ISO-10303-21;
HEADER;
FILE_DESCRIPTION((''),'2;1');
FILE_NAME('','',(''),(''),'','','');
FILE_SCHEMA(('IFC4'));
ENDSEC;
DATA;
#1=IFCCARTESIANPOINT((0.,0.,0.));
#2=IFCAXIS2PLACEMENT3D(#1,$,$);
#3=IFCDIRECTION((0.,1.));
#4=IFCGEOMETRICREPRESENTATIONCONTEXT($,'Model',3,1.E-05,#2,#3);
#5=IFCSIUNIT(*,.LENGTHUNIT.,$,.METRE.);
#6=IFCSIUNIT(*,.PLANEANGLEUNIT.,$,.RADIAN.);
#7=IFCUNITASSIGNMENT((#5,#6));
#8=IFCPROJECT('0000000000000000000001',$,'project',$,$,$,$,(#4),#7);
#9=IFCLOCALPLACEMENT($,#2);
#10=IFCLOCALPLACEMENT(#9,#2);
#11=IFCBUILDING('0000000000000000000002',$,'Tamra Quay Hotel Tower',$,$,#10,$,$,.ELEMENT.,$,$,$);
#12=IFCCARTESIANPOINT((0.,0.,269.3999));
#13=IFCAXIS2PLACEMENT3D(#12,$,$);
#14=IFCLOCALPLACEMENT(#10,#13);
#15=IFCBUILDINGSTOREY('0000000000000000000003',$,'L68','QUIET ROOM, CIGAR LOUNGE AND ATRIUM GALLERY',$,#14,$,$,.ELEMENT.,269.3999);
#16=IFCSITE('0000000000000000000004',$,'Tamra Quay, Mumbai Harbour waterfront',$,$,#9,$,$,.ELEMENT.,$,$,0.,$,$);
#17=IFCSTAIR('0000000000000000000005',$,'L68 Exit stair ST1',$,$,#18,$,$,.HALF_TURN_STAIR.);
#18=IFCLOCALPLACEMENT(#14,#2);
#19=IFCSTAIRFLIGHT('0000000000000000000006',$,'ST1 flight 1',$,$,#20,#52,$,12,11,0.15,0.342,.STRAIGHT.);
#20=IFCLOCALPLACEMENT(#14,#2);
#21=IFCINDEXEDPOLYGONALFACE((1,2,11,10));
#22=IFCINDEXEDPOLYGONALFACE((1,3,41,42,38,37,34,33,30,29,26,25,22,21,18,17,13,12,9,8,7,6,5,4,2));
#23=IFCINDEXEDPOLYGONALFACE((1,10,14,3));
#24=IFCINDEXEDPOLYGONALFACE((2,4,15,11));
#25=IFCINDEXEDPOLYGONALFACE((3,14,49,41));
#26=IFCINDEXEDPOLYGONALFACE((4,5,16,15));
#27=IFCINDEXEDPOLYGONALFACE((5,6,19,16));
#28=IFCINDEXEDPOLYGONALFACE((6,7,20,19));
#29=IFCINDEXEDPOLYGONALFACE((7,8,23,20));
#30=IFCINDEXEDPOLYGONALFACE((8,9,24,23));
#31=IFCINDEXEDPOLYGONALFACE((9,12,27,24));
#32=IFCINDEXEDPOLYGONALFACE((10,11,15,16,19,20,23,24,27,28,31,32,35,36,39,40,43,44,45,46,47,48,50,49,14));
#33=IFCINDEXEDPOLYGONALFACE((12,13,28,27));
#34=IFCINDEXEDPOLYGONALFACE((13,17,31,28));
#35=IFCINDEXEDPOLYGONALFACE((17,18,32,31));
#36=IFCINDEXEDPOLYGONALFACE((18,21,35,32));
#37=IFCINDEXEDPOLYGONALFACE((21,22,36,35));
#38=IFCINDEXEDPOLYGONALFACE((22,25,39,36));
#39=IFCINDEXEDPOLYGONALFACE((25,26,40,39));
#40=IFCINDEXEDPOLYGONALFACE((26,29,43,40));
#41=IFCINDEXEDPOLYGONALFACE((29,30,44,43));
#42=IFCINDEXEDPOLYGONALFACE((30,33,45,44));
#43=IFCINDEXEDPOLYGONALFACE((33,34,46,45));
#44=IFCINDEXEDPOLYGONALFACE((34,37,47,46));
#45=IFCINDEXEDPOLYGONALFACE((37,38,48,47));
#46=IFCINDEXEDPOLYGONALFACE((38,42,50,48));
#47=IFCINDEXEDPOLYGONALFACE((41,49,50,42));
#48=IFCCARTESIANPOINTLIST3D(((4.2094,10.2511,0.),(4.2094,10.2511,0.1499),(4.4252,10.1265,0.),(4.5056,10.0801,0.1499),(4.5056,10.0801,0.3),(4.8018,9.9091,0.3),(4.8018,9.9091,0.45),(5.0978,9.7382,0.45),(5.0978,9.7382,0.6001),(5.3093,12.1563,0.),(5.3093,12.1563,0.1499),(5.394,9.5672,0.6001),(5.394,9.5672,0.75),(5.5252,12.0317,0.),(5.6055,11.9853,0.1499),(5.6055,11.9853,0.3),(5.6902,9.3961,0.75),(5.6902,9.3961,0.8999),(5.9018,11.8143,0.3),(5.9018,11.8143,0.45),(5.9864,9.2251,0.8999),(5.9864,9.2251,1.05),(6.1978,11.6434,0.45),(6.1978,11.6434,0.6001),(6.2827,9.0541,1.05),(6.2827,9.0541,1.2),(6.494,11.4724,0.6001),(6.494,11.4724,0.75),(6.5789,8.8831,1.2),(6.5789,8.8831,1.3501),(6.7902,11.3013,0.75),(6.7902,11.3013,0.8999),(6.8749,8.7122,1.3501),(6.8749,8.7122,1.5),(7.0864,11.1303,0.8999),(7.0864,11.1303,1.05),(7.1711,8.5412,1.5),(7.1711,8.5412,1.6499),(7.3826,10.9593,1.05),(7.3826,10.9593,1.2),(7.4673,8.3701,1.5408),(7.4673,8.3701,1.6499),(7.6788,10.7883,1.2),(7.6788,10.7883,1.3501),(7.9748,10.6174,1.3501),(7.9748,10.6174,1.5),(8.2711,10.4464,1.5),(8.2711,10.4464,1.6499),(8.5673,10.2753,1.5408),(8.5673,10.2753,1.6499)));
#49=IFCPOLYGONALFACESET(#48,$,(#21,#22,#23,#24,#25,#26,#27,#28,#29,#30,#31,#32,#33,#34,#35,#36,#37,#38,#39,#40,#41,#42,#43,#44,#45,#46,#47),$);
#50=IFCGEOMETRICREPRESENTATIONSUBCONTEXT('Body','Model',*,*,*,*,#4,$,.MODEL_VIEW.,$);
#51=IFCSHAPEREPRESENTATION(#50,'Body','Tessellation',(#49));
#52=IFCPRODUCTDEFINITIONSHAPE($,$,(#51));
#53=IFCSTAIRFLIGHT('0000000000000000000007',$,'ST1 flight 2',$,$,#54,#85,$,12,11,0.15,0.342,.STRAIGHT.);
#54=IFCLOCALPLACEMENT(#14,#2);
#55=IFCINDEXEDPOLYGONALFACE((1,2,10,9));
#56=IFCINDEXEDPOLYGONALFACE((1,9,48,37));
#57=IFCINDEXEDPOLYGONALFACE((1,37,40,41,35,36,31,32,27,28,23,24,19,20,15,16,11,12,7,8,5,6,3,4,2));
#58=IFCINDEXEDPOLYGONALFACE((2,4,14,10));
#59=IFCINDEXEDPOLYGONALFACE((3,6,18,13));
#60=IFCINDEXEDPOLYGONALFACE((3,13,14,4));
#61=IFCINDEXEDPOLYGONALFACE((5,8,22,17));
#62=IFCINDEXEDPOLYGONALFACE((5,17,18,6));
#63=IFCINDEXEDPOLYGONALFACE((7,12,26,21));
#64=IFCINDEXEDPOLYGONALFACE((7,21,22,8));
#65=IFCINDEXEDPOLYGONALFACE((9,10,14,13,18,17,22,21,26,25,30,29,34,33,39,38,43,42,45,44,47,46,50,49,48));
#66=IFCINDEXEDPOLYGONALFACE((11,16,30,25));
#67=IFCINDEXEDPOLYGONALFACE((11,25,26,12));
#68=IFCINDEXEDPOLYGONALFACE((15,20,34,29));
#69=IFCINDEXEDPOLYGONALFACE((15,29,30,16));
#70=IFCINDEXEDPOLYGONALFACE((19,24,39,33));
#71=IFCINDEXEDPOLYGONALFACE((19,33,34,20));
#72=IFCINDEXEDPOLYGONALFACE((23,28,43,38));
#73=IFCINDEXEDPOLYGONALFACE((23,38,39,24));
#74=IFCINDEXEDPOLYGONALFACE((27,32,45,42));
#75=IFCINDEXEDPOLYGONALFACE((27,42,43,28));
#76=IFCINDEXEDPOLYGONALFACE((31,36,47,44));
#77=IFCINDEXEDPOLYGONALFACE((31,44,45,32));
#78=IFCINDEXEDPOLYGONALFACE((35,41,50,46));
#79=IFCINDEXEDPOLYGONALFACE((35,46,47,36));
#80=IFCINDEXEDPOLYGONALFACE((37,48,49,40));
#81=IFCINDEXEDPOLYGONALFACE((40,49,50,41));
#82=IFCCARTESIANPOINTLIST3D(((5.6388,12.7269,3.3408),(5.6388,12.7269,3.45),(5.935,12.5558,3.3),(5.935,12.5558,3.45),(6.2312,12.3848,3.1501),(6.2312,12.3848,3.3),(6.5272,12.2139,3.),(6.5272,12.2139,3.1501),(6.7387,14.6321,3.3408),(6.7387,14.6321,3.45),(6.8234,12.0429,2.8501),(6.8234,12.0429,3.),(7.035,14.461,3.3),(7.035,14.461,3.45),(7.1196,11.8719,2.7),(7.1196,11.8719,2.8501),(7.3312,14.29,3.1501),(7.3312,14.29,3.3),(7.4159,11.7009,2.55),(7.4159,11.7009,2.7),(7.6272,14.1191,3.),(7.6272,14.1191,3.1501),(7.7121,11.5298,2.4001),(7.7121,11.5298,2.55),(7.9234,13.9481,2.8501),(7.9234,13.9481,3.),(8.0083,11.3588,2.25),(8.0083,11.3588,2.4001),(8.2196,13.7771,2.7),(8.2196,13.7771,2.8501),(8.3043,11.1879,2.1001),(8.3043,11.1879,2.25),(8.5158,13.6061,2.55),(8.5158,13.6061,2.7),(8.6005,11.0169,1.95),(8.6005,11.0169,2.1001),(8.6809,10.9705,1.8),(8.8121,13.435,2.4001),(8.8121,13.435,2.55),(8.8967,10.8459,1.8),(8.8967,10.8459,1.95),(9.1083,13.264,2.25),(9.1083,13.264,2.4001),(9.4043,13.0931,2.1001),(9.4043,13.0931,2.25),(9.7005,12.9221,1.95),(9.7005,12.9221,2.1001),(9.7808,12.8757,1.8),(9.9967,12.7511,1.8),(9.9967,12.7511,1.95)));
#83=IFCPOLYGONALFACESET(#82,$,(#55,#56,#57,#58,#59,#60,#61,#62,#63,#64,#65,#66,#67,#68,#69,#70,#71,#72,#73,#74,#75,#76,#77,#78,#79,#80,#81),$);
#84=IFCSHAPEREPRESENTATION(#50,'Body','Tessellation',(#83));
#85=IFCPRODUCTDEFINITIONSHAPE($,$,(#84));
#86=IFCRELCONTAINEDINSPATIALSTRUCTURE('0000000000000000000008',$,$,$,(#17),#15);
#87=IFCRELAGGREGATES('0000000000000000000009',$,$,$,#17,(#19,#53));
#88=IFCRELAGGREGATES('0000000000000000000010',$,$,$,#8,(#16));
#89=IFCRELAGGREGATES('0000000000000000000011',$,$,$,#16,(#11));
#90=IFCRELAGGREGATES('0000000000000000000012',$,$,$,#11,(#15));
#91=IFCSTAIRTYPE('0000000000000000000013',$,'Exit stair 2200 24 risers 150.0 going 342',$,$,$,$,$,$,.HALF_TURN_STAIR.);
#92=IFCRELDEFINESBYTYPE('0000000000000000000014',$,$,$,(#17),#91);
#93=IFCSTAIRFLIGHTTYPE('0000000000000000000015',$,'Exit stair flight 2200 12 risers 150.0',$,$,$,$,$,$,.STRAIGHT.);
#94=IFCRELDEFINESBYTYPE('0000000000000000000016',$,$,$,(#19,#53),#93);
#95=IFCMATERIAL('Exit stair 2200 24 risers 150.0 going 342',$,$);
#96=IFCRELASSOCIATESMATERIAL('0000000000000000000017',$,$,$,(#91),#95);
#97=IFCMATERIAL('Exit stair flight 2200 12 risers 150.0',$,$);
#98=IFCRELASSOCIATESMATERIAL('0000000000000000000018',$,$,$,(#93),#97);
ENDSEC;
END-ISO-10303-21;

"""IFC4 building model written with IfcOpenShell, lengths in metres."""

from ifc_helpers import new_model, si_unit, direction, frame, origin, place, context, subcontext, project, spatial, polyline, outline, extrude, material, type_object, element, aggregate, save


model = new_model("IFC4")

# Units and contexts
model_context = context("Model", 3, precision=1e-05, world=origin(), true_north=direction((0.0, 1.0)))
body_context = subcontext(model_context, "Body", "Model", "MODEL_VIEW")
ifc_project = project(units=[si_unit("LENGTHUNIT", "METRE"), si_unit("PLANEANGLEUNIT", "RADIAN")], contexts=[model_context])

# Site, building, storey
site_placement = place(None, origin())
site = spatial("IfcSite", under=ifc_project, at=site_placement, Name="Tamra Quay, Mumbai Harbour waterfront", CompositionType="ELEMENT", RefElevation=0.0)
building_placement = place(site_placement, origin())
building = spatial("IfcBuilding", under=site, at=building_placement, Name="Tamra Quay Hotel Tower", CompositionType="ELEMENT")
storey_placement = place(building_placement, frame((0.0, 0.0, 269.3999)))
storey = spatial("IfcBuildingStorey", under=building, at=storey_placement, Name="L68", Description="QUIET ROOM, CIGAR LOUNGE AND ATRIUM GALLERY", CompositionType="ELEMENT", Elevation=269.3999)

# Stair, stair flights
ifc_material_1 = material(Name="Exit stair 2200 24 risers 150.0 going 342")
stair_type = type_object("IfcStairType", Name="Exit stair 2200 24 risers 150.0 going 342", PredefinedType="HALF_TURN_STAIR", material=ifc_material_1)
stair_placement = place(storey_placement, origin())
stair = element("IfcStair", 1, at=stair_placement, inside=storey, type_object=stair_type, Name="L68 Exit stair ST1", PredefinedType="HALF_TURN_STAIR")
ifc_material_2 = material(Name="Exit stair flight 2200 12 risers 150.0")
stair_flight_type = type_object("IfcStairFlightType", Name="Exit stair flight 2200 12 risers 150.0", PredefinedType="STRAIGHT", material=ifc_material_2)
stair_flight_1_placement = place(storey_placement, frame((4.7593, 11.2036, 0.0), z_axis=(0.0, 0.0, 1.0), x_axis=(0.866025, -0.5, 0.0)))
stair_flight_1 = element("IfcStairFlight", 2, at=stair_flight_1_placement, type_object=stair_flight_type, Name="ST1 flight 1", NumberOfRisers=12, NumberOfTreads=11, PredefinedType="STRAIGHT", RiserHeight=0.15, TreadLength=0.342, context=body_context, shape_type="SweptSolid", body=[
    extrude(outline(polyline([(0.0, 0.0), (0.0, 0.1499), (0.342, 0.1499), (0.342, 0.3), (0.6841, 0.3), (0.6841, 0.45), (1.0259, 0.45), (1.0259, 0.6001), (1.3679, 0.6001), (1.3679, 0.75), (1.71, 0.75), (1.71, 0.8999), (2.052, 0.8999), (2.052, 1.05), (2.394, 1.05), (2.394, 1.2), (2.7361, 1.2), (2.7361, 1.3501), (3.0779, 1.3501), (3.0779, 1.5), (3.4199, 1.5), (3.4199, 1.6499), (3.762, 1.6499), (3.762, 1.8), (3.762, 1.5408), (0.2493, 0.0), (0.0, 0.0)])), frame((0.0, 1.1001, 0.0), z_axis=(0.0, -1.0, 0.0), x_axis=(1.0, 0.0, 0.0)), (0.0, 0.0, 1.0), 2.2),
])
stair_flight_2_placement = place(storey_placement, frame((9.4468, 11.7986, 1.8), z_axis=(0.0, 0.0, 1.0), x_axis=(-0.866025, 0.5, 0.0)))
stair_flight_2 = element("IfcStairFlight", 3, at=stair_flight_2_placement, type_object=stair_flight_type, Name="ST1 flight 2", NumberOfRisers=12, NumberOfTreads=11, PredefinedType="STRAIGHT", RiserHeight=0.15, TreadLength=0.342, context=body_context, shape_type="SweptSolid", body=[
    extrude(outline(polyline([(0.0, 0.0), (0.0, 0.1499), (0.342, 0.1499), (0.342, 0.3), (0.6841, 0.3), (0.6841, 0.45), (1.0259, 0.45), (1.0259, 0.6001), (1.3679, 0.6001), (1.3679, 0.75), (1.71, 0.75), (1.71, 0.8999), (2.052, 0.8999), (2.052, 1.05), (2.394, 1.05), (2.394, 1.2), (2.7361, 1.2), (2.7361, 1.3501), (3.0779, 1.3501), (3.0779, 1.5), (3.4199, 1.5), (3.4199, 1.6499), (3.762, 1.6499), (3.762, 1.8), (3.762, 1.5408), (0.2493, 0.0), (0.0, 0.0)])), frame((0.0, 1.1001, 0.0), z_axis=(0.0, -1.0, 0.0), x_axis=(1.0, 0.0, 0.0)), (0.0, 0.0, 1.0), 2.2),
])
aggregate(stair, [stair_flight_1, stair_flight_2])

save(model, "model.ifc")
